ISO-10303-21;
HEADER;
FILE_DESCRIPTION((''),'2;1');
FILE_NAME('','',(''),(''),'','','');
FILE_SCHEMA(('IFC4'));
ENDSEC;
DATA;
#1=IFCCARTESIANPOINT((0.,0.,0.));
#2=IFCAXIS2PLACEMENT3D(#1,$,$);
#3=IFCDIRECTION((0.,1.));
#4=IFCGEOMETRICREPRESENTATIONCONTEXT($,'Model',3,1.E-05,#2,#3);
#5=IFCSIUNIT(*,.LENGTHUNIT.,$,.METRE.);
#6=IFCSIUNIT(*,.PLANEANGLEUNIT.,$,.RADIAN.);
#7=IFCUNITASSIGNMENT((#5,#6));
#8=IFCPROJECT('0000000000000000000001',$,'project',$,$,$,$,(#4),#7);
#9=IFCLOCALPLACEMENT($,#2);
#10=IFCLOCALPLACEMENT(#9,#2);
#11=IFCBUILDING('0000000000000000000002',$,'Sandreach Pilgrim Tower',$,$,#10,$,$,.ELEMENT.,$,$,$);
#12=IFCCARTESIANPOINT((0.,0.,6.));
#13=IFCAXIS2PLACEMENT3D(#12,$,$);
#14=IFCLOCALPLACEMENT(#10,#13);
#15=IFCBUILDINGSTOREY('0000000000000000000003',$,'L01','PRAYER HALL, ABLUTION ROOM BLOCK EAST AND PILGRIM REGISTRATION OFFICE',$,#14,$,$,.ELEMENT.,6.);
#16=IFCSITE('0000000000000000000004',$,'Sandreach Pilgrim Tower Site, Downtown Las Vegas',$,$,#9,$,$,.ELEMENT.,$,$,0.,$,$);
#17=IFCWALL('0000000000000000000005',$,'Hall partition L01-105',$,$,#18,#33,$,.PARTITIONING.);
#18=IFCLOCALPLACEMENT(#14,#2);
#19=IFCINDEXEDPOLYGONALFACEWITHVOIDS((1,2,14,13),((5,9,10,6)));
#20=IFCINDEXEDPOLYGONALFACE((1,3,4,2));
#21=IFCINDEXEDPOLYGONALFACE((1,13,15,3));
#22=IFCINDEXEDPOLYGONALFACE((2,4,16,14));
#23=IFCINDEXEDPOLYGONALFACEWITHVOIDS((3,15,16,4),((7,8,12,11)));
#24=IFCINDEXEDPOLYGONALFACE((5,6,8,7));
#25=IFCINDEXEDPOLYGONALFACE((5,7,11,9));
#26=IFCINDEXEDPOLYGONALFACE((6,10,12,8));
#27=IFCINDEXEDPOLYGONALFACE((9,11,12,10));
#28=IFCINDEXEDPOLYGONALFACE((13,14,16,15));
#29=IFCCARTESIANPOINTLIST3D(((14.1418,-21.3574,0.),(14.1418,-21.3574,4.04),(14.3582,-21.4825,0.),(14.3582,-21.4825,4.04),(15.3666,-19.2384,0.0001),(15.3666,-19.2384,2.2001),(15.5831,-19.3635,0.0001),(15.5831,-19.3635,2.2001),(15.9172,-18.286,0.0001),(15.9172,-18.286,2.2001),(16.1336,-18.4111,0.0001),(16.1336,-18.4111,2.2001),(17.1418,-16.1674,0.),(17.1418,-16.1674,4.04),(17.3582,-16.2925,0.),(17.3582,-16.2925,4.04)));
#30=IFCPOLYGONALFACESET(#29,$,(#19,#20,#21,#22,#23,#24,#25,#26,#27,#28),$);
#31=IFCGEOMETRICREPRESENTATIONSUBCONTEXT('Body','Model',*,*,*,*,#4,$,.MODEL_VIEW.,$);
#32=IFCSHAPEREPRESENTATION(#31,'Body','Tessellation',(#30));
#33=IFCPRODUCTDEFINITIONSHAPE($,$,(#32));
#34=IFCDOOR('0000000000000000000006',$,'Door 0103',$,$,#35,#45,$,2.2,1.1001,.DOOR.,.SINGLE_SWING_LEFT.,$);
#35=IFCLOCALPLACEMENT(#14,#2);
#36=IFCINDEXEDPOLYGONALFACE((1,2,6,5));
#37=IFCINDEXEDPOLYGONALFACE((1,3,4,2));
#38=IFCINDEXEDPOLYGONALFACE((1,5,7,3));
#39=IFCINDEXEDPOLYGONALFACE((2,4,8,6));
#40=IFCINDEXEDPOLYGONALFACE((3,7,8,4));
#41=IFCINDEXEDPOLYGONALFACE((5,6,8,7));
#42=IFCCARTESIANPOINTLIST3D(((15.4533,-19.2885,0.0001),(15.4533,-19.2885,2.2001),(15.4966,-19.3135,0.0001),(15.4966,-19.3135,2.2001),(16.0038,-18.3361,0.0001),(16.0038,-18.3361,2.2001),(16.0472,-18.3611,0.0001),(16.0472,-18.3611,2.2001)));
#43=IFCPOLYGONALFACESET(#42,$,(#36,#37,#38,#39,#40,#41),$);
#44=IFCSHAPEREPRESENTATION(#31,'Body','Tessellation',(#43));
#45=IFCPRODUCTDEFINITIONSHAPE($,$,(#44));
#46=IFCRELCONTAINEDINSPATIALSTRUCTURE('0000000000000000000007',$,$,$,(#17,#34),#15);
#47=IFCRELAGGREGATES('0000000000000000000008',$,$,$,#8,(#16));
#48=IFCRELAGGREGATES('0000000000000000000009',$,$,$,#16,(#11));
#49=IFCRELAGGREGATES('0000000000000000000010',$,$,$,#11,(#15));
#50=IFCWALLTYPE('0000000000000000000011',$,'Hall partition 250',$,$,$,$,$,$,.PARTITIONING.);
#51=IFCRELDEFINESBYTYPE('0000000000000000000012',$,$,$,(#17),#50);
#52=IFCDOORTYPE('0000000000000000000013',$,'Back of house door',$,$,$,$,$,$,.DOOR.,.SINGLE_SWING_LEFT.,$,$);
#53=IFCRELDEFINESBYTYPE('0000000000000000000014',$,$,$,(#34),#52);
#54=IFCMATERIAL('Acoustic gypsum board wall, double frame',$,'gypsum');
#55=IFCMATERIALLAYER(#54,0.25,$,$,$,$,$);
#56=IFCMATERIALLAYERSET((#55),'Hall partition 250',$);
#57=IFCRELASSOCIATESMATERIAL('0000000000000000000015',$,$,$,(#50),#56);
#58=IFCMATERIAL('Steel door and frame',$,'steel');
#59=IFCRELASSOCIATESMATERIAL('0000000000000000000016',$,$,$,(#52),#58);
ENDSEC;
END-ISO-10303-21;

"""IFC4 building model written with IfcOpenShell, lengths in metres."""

from ifc_helpers import new_model, si_unit, direction, frame, frame_2d, origin, place, context, subcontext, project, spatial, rectangle, extrude, material, layer, layer_set, type_object, element, fill, save


model = new_model("IFC4")

# Units and contexts
model_context = context("Model", 3, precision=1e-05, world=origin(), true_north=direction((0.0, 1.0)))
body_context = subcontext(model_context, "Body", "Model", "MODEL_VIEW")
ifc_project = project(units=[si_unit("LENGTHUNIT", "METRE"), si_unit("PLANEANGLEUNIT", "RADIAN")], contexts=[model_context])

# Site, building, storey
site_placement = place(None, origin())
site = spatial("IfcSite", under=ifc_project, at=site_placement, Name="Sandreach Pilgrim Tower Site, Downtown Las Vegas", CompositionType="ELEMENT", RefElevation=0.0)
building_placement = place(site_placement, origin())
building = spatial("IfcBuilding", under=site, at=building_placement, Name="Sandreach Pilgrim Tower", CompositionType="ELEMENT")
storey_placement = place(building_placement, frame((0.0, 0.0, 6.0)))
storey = spatial("IfcBuildingStorey", under=building, at=storey_placement, Name="L01", Description="PRAYER HALL, ABLUTION ROOM BLOCK EAST AND PILGRIM REGISTRATION OFFICE", CompositionType="ELEMENT", Elevation=6.0)

# Shared definitions
ifc_material_1 = material(Name="Acoustic gypsum board wall, double frame", Category="gypsum")
ifc_layer_1 = layer(ifc_material_1, 0.25)
ifc_layer_set_1 = layer_set([ifc_layer_1], Name="Hall partition 250")
wall_type_1 = type_object("IfcWallType", Name="Hall partition 250", PredefinedType="PARTITIONING", material=ifc_layer_set_1)

# Shared definitions
ifc_material_2 = material(Name="Steel door and frame", Category="steel")
door_type_1 = type_object("IfcDoorType", Name="Back of house door", OperationType="SINGLE_SWING_LEFT", PredefinedType="DOOR", material=ifc_material_2)

# Wall, opening, door
wall_1_placement = place(storey_placement, frame((14.25, -21.4199, 0.0), z_axis=(0.0, 0.0, 1.0), x_axis=(0.500449, 0.865766, 0.0)))
wall_1 = element("IfcWall", 1, at=wall_1_placement, inside=storey, type_object=wall_type_1, Name="Hall partition L01-105", PredefinedType="PARTITIONING", context=body_context, shape_type="SweptSolid", body=[
    extrude(rectangle(XDim=5.9946, YDim=0.25, at=frame_2d((2.9973, 0.0))), origin(), (0.0, 0.0, 1.0), 4.04),
])
opening_1_placement = place(wall_1_placement, frame((2.4475, 0.0, 0.0)))
opening_1 = element("IfcOpeningElement", 2, at=opening_1_placement, cuts=wall_1, PredefinedType="OPENING", context=body_context, shape_type="SweptSolid", body=[
    extrude(rectangle(XDim=1.1001, YDim=2.2, at=frame_2d((0.55, 1.1001))), frame((0.0, 0.125, 0.0), z_axis=(0.0, -1.0, 0.0), x_axis=(1.0, 0.0, 0.0)), (0.0, 0.0, 1.0), 0.25),
])
door_1_placement = place(opening_1_placement, origin())
door_1 = element("IfcDoor", 3, at=door_1_placement, inside=storey, type_object=door_type_1, Name="Door 0103", OperationType="SINGLE_SWING_LEFT", OverallHeight=2.2, OverallWidth=1.1001, PredefinedType="DOOR", context=body_context, shape_type="SweptSolid", body=[
    extrude(rectangle(XDim=1.1001, YDim=2.2, at=frame_2d((0.55, 1.1001))), frame((0.0, 0.0249, 0.0), z_axis=(0.0, -1.0, 0.0), x_axis=(1.0, 0.0, 0.0)), (0.0, 0.0, 1.0), 0.05),
])
fill(opening_1, door_1)

save(model, "model.ifc")
